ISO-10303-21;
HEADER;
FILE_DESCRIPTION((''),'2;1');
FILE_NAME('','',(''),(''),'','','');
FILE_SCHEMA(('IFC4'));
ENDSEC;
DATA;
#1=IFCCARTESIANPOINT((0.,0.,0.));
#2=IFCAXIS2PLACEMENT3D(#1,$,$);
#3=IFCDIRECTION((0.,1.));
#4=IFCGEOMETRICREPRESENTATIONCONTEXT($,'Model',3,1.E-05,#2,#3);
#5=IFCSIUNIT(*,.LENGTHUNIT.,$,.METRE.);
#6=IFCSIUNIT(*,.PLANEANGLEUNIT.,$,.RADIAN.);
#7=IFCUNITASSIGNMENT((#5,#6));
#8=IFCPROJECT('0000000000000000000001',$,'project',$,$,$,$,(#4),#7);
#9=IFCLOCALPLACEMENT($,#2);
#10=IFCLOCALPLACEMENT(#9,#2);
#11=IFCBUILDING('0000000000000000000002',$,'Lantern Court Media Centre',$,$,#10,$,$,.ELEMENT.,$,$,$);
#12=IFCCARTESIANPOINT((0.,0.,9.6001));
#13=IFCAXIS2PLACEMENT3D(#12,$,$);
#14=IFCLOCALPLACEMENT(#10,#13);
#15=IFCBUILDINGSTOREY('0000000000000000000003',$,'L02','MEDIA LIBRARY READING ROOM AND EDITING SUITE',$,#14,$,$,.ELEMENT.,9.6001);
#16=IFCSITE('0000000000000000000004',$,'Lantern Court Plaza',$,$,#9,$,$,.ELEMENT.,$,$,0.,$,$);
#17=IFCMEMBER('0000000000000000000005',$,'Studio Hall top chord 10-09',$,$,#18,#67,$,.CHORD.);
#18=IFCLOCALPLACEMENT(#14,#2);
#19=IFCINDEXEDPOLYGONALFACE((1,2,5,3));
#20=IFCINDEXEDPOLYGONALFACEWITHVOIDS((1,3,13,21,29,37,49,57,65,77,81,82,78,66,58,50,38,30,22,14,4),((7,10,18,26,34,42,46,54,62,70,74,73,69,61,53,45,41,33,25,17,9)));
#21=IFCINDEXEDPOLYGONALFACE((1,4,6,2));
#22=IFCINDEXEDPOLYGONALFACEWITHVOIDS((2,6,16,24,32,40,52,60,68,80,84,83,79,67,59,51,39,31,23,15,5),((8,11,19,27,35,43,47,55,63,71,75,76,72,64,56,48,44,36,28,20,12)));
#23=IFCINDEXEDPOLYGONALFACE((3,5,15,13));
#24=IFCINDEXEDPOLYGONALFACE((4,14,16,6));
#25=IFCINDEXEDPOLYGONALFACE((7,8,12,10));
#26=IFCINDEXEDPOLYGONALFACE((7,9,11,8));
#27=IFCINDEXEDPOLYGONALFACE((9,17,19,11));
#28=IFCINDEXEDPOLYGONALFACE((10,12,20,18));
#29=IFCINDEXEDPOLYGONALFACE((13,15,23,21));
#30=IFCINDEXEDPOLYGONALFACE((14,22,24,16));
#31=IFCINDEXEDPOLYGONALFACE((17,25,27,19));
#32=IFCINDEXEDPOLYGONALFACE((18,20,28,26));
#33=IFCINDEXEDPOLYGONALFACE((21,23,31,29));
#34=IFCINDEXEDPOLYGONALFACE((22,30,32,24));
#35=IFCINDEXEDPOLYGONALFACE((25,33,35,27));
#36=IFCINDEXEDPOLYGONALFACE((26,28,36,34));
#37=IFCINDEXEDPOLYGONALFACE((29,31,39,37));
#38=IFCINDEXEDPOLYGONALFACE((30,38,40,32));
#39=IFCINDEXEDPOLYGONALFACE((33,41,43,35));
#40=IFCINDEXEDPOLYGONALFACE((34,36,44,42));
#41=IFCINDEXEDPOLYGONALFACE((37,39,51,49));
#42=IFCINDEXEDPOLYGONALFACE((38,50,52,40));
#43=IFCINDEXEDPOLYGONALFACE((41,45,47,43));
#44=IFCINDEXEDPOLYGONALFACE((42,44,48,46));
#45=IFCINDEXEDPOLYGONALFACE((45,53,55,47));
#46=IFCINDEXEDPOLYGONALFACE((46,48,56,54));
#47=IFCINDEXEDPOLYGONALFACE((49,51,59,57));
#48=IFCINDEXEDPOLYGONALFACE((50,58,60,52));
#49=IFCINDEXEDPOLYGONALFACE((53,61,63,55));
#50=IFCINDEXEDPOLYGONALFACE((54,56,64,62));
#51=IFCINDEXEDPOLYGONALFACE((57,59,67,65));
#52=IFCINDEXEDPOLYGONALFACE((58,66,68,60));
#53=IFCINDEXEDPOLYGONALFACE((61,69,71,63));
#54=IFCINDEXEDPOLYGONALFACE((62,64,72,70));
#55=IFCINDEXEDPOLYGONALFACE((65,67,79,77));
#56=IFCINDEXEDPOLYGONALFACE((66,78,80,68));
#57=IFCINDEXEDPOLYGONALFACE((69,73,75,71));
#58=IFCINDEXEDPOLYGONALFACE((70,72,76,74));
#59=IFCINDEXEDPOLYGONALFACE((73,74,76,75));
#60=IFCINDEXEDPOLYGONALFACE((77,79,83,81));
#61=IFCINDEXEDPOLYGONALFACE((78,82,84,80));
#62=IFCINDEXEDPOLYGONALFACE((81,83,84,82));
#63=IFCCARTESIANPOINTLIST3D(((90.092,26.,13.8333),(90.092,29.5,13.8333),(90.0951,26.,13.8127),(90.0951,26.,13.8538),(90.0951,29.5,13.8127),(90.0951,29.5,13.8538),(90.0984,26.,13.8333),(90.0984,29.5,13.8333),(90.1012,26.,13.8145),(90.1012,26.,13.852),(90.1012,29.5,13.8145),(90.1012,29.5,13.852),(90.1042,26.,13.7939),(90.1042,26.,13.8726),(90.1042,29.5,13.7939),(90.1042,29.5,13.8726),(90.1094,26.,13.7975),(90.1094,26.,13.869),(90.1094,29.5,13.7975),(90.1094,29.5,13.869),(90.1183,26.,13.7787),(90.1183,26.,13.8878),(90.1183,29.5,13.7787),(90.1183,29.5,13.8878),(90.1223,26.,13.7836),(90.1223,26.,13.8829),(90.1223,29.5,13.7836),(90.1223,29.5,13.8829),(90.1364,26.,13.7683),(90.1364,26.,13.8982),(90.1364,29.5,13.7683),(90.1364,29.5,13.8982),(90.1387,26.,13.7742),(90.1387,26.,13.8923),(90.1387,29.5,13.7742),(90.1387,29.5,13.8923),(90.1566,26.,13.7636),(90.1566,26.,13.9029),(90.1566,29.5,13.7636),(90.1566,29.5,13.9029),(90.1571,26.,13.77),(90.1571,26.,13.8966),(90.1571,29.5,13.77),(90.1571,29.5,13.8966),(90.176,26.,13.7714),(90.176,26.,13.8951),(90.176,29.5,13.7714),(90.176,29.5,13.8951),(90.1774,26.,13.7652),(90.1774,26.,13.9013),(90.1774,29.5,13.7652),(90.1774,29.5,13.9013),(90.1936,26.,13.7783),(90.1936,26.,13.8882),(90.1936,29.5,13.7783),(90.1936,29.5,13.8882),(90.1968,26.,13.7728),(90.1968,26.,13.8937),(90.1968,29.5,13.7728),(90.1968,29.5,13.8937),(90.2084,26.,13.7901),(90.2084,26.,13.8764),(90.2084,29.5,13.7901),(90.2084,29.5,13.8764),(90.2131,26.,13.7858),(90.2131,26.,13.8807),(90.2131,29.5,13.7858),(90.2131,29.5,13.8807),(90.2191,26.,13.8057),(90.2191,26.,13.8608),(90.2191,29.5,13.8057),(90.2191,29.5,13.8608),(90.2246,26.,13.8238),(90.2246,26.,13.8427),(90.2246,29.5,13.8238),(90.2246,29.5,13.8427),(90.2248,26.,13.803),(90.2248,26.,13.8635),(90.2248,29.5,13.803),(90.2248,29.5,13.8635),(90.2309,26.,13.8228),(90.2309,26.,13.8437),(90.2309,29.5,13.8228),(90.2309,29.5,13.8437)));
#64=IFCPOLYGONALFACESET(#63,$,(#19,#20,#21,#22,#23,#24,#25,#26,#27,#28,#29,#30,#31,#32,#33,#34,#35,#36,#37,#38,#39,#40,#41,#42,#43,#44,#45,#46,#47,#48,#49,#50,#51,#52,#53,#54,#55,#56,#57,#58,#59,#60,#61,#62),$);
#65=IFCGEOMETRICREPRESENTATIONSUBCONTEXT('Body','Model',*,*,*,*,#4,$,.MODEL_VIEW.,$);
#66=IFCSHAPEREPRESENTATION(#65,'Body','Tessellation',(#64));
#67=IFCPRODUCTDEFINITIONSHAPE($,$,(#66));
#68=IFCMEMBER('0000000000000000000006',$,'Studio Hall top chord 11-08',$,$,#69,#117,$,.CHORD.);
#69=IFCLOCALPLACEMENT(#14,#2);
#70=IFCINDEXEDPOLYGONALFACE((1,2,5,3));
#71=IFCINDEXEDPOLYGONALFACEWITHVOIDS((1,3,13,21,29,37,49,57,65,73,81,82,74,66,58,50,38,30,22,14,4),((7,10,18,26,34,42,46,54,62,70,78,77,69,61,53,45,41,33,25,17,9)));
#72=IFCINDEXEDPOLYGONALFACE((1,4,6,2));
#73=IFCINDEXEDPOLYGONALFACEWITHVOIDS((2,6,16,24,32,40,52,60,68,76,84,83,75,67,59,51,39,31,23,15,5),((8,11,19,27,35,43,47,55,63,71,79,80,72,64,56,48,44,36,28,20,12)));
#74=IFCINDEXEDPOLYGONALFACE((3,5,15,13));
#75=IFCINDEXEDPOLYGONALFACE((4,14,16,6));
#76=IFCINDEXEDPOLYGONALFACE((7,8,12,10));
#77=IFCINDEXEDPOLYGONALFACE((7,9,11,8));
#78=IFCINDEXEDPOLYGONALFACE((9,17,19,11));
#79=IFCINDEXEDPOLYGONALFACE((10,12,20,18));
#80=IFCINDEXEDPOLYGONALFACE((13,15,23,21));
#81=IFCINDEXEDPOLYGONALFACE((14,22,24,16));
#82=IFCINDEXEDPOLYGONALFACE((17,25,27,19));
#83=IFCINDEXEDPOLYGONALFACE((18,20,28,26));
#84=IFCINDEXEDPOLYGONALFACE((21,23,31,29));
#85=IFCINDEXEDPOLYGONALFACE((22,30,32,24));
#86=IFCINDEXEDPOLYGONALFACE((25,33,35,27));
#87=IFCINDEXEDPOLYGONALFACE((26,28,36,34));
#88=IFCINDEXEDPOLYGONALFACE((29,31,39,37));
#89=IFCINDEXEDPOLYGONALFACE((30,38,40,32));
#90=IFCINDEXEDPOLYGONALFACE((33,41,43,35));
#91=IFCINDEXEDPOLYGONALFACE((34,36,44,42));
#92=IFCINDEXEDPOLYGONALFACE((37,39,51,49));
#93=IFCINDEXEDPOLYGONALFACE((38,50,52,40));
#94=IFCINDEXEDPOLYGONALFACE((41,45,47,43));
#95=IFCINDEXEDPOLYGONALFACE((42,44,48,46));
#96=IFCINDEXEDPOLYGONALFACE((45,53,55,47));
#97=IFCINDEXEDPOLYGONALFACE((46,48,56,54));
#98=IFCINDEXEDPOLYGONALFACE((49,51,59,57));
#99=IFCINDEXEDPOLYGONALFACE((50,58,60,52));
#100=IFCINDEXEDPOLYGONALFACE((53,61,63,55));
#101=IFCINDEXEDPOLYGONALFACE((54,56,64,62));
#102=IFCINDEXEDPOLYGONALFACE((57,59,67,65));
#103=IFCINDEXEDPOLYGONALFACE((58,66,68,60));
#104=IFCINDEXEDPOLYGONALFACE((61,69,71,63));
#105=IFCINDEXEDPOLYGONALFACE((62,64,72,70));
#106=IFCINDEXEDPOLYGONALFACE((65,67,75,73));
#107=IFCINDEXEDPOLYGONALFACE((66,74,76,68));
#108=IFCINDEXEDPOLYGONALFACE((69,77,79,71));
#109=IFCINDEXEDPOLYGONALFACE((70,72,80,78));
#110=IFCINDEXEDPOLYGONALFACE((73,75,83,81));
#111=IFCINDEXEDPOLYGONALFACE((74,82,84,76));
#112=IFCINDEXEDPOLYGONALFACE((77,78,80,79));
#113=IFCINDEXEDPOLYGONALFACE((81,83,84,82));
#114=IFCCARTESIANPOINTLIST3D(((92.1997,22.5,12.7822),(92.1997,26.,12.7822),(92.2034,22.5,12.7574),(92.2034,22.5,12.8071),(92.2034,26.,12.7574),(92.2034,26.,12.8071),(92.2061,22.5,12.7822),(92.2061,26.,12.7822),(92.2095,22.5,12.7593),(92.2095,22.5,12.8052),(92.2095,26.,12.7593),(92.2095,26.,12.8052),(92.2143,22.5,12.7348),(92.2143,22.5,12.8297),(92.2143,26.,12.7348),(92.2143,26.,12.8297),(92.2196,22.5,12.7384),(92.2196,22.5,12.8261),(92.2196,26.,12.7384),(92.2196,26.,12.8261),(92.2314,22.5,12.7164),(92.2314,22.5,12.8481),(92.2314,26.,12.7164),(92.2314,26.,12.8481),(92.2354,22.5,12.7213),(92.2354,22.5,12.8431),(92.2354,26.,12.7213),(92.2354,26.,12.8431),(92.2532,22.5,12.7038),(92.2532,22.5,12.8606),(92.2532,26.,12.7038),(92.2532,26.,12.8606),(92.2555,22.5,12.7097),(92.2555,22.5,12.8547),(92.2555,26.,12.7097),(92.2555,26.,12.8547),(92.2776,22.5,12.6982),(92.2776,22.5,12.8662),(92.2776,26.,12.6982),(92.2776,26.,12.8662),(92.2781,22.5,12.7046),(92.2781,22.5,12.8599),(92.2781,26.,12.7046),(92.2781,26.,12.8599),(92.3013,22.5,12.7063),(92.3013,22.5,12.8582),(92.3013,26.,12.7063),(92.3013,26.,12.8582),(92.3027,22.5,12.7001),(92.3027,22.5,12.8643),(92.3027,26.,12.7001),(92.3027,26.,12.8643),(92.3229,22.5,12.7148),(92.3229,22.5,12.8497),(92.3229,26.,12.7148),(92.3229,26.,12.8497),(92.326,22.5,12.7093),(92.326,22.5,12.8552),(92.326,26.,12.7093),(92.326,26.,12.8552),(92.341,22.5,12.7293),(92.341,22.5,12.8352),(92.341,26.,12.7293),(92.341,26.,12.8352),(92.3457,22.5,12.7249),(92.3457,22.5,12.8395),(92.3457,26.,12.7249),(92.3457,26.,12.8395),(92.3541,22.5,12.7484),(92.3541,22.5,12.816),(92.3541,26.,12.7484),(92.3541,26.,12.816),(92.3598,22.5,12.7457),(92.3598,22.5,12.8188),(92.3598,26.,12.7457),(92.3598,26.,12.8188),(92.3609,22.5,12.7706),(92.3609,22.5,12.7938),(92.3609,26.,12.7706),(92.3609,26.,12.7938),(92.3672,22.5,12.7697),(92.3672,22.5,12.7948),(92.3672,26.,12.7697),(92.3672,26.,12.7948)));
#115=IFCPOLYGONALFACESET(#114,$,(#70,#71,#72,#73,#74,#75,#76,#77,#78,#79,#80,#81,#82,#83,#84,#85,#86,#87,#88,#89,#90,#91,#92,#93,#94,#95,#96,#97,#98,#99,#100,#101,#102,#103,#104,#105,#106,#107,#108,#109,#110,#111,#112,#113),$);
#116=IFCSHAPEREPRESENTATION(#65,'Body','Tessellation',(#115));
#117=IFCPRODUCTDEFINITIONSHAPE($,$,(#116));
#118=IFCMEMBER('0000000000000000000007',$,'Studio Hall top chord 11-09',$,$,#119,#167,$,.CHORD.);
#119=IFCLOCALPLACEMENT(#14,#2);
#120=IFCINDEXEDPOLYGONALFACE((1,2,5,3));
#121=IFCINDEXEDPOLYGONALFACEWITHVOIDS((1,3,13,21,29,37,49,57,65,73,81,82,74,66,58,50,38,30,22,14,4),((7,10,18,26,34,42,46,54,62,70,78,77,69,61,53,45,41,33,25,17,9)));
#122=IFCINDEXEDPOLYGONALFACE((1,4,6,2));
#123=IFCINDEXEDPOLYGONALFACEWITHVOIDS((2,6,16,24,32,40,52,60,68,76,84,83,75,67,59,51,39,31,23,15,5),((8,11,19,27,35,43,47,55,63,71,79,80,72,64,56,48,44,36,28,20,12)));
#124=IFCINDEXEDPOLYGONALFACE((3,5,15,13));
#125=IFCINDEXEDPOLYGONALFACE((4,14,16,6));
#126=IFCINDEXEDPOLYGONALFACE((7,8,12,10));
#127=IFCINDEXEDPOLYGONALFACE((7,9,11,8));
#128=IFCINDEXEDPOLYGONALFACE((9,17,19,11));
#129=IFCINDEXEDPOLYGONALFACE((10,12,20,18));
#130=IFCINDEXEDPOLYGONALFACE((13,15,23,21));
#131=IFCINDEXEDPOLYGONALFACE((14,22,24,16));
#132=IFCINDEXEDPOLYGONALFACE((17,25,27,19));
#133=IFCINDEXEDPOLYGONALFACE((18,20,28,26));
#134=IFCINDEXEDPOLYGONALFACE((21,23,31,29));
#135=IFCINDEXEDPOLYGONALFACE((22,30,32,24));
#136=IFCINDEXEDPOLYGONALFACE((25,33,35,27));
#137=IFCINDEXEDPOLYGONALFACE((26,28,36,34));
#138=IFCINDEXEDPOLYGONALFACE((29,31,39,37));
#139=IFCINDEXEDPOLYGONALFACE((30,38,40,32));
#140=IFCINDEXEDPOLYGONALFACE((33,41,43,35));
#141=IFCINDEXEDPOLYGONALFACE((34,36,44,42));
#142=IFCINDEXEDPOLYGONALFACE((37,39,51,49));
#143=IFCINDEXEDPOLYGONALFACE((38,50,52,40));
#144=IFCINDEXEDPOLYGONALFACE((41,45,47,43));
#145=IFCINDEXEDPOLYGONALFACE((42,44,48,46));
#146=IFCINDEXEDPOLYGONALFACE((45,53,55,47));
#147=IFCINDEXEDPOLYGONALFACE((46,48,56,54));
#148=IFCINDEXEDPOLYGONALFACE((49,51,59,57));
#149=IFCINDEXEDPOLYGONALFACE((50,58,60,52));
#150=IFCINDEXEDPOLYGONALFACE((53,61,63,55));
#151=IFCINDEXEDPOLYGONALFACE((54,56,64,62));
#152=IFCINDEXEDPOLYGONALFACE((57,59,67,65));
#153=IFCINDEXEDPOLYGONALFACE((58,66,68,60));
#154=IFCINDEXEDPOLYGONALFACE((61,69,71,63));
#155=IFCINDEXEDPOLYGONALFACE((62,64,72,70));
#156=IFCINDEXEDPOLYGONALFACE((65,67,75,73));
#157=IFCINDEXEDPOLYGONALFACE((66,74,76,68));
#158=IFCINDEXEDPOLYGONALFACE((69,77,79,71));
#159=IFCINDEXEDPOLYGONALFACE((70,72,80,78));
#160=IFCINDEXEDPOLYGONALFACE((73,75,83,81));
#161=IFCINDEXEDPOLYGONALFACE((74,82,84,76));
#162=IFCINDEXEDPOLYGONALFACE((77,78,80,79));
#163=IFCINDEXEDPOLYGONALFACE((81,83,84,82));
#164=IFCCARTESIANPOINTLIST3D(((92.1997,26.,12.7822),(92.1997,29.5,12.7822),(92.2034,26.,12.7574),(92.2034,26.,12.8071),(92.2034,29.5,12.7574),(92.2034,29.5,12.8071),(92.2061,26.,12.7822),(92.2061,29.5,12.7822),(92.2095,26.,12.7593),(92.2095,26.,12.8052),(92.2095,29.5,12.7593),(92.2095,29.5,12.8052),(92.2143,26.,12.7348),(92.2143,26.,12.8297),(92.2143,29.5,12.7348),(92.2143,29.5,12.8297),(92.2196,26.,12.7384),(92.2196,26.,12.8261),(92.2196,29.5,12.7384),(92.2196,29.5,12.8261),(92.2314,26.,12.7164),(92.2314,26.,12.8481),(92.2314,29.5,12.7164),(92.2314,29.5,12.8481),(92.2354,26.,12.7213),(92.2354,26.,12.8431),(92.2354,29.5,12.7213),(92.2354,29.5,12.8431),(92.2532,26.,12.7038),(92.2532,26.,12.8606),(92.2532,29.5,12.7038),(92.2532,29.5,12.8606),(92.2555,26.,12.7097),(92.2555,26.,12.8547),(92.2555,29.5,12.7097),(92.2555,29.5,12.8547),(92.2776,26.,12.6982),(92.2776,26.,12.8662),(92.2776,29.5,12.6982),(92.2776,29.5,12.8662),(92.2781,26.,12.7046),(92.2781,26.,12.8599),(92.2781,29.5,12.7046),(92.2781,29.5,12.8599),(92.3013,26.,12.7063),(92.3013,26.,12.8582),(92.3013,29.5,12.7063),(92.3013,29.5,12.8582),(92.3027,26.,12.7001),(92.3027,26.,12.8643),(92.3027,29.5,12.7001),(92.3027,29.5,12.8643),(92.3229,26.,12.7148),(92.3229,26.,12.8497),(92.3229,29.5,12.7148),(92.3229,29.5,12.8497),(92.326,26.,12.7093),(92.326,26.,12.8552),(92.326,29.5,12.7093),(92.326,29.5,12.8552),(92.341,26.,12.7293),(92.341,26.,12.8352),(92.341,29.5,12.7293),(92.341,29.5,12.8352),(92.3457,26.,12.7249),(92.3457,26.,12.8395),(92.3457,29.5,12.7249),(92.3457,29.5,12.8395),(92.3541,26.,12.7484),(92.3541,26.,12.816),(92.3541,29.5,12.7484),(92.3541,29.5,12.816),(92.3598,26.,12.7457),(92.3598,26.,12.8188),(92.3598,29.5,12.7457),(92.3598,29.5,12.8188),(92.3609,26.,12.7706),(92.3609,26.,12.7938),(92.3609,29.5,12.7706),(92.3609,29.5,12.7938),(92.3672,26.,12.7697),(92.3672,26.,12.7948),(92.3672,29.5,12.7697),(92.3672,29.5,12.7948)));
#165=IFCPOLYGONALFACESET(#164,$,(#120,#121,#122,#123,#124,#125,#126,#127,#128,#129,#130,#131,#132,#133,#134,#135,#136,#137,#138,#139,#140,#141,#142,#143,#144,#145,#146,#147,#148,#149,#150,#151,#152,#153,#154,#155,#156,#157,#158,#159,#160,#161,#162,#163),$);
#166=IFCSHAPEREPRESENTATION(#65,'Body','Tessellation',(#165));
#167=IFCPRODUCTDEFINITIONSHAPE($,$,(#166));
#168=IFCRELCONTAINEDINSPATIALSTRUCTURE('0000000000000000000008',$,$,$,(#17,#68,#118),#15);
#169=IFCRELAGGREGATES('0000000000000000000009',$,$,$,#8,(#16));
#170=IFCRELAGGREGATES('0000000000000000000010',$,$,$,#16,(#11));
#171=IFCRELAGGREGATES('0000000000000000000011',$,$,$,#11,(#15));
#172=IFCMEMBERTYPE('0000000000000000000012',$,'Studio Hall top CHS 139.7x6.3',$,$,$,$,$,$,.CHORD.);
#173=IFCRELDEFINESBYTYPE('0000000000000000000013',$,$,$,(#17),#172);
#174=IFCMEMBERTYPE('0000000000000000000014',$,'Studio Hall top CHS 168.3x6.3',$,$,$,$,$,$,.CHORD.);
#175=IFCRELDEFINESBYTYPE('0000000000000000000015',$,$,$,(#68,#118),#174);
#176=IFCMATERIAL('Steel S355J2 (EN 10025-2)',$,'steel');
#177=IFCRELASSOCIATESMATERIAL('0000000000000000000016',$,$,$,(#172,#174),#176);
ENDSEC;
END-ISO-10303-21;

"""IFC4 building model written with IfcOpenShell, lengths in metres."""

from ifc_helpers import new_model, si_unit, direction, frame, origin, origin_2d, place, context, subcontext, project, spatial, hollow_circle, extrude, material, material_profile, profile_set, type_object, element, save


model = new_model("IFC4")

# Units and contexts
model_context = context("Model", 3, precision=1e-05, world=origin(), true_north=direction((0.0, 1.0)))
body_context = subcontext(model_context, "Body", "Model", "MODEL_VIEW")
ifc_project = project(units=[si_unit("LENGTHUNIT", "METRE"), si_unit("PLANEANGLEUNIT", "RADIAN")], contexts=[model_context])

# Site, building, storey
site_placement = place(None, origin())
site = spatial("IfcSite", under=ifc_project, at=site_placement, Name="Lantern Court Plaza", CompositionType="ELEMENT", RefElevation=0.0)
building_placement = place(site_placement, origin())
building = spatial("IfcBuilding", under=site, at=building_placement, Name="Lantern Court Media Centre", CompositionType="ELEMENT")
storey_placement = place(building_placement, frame((0.0, 0.0, 9.6001)))
storey = spatial("IfcBuildingStorey", under=building, at=storey_placement, Name="L02", Description="MEDIA LIBRARY READING ROOM AND EDITING SUITE", CompositionType="ELEMENT", Elevation=9.6001)

# Members
ifc_material = material(Name="Steel S355J2 (EN 10025-2)", Category="steel")
ifc_material_profile_1 = material_profile(ifc_material, hollow_circle(Radius=0.0698, WallThickness=0.0063, at=origin_2d()), Name="Studio Hall top CHS 139.7x6.3")
ifc_profile_set_1 = profile_set([ifc_material_profile_1], Name="Steel S355J2 (EN 10025-2)")
member_type_1 = type_object("IfcMemberType", Name="Studio Hall top CHS 139.7x6.3", PredefinedType="CHORD", material=ifc_profile_set_1)
for number, where, z_axis, x_axis, name in (
    (1, (90.1619, 26.0, 13.8333), (0.0, 1.0, 0.0), (-1.0, 0.0, 0.0), "Studio Hall top chord 10-09"),
):
    element("IfcMember", number, at=place(storey_placement, frame(where, z_axis=z_axis, x_axis=x_axis)), inside=storey, type_object=member_type_1, Name=name, PredefinedType="CHORD", context=body_context, shape_type="SweptSolid", body=[
        extrude(hollow_circle(Radius=0.0698, WallThickness=0.0063, at=origin_2d()), origin(), (0.0, 0.0, 1.0), 3.5),
    ])
ifc_material_profile_2 = material_profile(ifc_material, hollow_circle(Radius=0.0842, WallThickness=0.0063, at=origin_2d()), Name="Studio Hall top CHS 168.3x6.3")
ifc_profile_set_2 = profile_set([ifc_material_profile_2], Name="Steel S355J2 (EN 10025-2)")
member_type_2 = type_object("IfcMemberType", Name="Studio Hall top CHS 168.3x6.3", PredefinedType="CHORD", material=ifc_profile_set_2)
for number, where, z_axis, x_axis, name in (
    (2, (92.2839, 22.5, 12.7822), (0.0, 1.0, 0.0), (-1.0, 0.0, 0.0), "Studio Hall top chord 11-08"),
    (3, (92.2839, 26.0, 12.7822), (0.0, 1.0, 0.0), (-1.0, 0.0, 0.0), "Studio Hall top chord 11-09"),
):
    element("IfcMember", number, at=place(storey_placement, frame(where, z_axis=z_axis, x_axis=x_axis)), inside=storey, type_object=member_type_2, Name=name, PredefinedType="CHORD", context=body_context, shape_type="SweptSolid", body=[
        extrude(hollow_circle(Radius=0.0842, WallThickness=0.0063, at=origin_2d()), origin(), (0.0, 0.0, 1.0), 3.5),
    ])

save(model, "model.ifc")
